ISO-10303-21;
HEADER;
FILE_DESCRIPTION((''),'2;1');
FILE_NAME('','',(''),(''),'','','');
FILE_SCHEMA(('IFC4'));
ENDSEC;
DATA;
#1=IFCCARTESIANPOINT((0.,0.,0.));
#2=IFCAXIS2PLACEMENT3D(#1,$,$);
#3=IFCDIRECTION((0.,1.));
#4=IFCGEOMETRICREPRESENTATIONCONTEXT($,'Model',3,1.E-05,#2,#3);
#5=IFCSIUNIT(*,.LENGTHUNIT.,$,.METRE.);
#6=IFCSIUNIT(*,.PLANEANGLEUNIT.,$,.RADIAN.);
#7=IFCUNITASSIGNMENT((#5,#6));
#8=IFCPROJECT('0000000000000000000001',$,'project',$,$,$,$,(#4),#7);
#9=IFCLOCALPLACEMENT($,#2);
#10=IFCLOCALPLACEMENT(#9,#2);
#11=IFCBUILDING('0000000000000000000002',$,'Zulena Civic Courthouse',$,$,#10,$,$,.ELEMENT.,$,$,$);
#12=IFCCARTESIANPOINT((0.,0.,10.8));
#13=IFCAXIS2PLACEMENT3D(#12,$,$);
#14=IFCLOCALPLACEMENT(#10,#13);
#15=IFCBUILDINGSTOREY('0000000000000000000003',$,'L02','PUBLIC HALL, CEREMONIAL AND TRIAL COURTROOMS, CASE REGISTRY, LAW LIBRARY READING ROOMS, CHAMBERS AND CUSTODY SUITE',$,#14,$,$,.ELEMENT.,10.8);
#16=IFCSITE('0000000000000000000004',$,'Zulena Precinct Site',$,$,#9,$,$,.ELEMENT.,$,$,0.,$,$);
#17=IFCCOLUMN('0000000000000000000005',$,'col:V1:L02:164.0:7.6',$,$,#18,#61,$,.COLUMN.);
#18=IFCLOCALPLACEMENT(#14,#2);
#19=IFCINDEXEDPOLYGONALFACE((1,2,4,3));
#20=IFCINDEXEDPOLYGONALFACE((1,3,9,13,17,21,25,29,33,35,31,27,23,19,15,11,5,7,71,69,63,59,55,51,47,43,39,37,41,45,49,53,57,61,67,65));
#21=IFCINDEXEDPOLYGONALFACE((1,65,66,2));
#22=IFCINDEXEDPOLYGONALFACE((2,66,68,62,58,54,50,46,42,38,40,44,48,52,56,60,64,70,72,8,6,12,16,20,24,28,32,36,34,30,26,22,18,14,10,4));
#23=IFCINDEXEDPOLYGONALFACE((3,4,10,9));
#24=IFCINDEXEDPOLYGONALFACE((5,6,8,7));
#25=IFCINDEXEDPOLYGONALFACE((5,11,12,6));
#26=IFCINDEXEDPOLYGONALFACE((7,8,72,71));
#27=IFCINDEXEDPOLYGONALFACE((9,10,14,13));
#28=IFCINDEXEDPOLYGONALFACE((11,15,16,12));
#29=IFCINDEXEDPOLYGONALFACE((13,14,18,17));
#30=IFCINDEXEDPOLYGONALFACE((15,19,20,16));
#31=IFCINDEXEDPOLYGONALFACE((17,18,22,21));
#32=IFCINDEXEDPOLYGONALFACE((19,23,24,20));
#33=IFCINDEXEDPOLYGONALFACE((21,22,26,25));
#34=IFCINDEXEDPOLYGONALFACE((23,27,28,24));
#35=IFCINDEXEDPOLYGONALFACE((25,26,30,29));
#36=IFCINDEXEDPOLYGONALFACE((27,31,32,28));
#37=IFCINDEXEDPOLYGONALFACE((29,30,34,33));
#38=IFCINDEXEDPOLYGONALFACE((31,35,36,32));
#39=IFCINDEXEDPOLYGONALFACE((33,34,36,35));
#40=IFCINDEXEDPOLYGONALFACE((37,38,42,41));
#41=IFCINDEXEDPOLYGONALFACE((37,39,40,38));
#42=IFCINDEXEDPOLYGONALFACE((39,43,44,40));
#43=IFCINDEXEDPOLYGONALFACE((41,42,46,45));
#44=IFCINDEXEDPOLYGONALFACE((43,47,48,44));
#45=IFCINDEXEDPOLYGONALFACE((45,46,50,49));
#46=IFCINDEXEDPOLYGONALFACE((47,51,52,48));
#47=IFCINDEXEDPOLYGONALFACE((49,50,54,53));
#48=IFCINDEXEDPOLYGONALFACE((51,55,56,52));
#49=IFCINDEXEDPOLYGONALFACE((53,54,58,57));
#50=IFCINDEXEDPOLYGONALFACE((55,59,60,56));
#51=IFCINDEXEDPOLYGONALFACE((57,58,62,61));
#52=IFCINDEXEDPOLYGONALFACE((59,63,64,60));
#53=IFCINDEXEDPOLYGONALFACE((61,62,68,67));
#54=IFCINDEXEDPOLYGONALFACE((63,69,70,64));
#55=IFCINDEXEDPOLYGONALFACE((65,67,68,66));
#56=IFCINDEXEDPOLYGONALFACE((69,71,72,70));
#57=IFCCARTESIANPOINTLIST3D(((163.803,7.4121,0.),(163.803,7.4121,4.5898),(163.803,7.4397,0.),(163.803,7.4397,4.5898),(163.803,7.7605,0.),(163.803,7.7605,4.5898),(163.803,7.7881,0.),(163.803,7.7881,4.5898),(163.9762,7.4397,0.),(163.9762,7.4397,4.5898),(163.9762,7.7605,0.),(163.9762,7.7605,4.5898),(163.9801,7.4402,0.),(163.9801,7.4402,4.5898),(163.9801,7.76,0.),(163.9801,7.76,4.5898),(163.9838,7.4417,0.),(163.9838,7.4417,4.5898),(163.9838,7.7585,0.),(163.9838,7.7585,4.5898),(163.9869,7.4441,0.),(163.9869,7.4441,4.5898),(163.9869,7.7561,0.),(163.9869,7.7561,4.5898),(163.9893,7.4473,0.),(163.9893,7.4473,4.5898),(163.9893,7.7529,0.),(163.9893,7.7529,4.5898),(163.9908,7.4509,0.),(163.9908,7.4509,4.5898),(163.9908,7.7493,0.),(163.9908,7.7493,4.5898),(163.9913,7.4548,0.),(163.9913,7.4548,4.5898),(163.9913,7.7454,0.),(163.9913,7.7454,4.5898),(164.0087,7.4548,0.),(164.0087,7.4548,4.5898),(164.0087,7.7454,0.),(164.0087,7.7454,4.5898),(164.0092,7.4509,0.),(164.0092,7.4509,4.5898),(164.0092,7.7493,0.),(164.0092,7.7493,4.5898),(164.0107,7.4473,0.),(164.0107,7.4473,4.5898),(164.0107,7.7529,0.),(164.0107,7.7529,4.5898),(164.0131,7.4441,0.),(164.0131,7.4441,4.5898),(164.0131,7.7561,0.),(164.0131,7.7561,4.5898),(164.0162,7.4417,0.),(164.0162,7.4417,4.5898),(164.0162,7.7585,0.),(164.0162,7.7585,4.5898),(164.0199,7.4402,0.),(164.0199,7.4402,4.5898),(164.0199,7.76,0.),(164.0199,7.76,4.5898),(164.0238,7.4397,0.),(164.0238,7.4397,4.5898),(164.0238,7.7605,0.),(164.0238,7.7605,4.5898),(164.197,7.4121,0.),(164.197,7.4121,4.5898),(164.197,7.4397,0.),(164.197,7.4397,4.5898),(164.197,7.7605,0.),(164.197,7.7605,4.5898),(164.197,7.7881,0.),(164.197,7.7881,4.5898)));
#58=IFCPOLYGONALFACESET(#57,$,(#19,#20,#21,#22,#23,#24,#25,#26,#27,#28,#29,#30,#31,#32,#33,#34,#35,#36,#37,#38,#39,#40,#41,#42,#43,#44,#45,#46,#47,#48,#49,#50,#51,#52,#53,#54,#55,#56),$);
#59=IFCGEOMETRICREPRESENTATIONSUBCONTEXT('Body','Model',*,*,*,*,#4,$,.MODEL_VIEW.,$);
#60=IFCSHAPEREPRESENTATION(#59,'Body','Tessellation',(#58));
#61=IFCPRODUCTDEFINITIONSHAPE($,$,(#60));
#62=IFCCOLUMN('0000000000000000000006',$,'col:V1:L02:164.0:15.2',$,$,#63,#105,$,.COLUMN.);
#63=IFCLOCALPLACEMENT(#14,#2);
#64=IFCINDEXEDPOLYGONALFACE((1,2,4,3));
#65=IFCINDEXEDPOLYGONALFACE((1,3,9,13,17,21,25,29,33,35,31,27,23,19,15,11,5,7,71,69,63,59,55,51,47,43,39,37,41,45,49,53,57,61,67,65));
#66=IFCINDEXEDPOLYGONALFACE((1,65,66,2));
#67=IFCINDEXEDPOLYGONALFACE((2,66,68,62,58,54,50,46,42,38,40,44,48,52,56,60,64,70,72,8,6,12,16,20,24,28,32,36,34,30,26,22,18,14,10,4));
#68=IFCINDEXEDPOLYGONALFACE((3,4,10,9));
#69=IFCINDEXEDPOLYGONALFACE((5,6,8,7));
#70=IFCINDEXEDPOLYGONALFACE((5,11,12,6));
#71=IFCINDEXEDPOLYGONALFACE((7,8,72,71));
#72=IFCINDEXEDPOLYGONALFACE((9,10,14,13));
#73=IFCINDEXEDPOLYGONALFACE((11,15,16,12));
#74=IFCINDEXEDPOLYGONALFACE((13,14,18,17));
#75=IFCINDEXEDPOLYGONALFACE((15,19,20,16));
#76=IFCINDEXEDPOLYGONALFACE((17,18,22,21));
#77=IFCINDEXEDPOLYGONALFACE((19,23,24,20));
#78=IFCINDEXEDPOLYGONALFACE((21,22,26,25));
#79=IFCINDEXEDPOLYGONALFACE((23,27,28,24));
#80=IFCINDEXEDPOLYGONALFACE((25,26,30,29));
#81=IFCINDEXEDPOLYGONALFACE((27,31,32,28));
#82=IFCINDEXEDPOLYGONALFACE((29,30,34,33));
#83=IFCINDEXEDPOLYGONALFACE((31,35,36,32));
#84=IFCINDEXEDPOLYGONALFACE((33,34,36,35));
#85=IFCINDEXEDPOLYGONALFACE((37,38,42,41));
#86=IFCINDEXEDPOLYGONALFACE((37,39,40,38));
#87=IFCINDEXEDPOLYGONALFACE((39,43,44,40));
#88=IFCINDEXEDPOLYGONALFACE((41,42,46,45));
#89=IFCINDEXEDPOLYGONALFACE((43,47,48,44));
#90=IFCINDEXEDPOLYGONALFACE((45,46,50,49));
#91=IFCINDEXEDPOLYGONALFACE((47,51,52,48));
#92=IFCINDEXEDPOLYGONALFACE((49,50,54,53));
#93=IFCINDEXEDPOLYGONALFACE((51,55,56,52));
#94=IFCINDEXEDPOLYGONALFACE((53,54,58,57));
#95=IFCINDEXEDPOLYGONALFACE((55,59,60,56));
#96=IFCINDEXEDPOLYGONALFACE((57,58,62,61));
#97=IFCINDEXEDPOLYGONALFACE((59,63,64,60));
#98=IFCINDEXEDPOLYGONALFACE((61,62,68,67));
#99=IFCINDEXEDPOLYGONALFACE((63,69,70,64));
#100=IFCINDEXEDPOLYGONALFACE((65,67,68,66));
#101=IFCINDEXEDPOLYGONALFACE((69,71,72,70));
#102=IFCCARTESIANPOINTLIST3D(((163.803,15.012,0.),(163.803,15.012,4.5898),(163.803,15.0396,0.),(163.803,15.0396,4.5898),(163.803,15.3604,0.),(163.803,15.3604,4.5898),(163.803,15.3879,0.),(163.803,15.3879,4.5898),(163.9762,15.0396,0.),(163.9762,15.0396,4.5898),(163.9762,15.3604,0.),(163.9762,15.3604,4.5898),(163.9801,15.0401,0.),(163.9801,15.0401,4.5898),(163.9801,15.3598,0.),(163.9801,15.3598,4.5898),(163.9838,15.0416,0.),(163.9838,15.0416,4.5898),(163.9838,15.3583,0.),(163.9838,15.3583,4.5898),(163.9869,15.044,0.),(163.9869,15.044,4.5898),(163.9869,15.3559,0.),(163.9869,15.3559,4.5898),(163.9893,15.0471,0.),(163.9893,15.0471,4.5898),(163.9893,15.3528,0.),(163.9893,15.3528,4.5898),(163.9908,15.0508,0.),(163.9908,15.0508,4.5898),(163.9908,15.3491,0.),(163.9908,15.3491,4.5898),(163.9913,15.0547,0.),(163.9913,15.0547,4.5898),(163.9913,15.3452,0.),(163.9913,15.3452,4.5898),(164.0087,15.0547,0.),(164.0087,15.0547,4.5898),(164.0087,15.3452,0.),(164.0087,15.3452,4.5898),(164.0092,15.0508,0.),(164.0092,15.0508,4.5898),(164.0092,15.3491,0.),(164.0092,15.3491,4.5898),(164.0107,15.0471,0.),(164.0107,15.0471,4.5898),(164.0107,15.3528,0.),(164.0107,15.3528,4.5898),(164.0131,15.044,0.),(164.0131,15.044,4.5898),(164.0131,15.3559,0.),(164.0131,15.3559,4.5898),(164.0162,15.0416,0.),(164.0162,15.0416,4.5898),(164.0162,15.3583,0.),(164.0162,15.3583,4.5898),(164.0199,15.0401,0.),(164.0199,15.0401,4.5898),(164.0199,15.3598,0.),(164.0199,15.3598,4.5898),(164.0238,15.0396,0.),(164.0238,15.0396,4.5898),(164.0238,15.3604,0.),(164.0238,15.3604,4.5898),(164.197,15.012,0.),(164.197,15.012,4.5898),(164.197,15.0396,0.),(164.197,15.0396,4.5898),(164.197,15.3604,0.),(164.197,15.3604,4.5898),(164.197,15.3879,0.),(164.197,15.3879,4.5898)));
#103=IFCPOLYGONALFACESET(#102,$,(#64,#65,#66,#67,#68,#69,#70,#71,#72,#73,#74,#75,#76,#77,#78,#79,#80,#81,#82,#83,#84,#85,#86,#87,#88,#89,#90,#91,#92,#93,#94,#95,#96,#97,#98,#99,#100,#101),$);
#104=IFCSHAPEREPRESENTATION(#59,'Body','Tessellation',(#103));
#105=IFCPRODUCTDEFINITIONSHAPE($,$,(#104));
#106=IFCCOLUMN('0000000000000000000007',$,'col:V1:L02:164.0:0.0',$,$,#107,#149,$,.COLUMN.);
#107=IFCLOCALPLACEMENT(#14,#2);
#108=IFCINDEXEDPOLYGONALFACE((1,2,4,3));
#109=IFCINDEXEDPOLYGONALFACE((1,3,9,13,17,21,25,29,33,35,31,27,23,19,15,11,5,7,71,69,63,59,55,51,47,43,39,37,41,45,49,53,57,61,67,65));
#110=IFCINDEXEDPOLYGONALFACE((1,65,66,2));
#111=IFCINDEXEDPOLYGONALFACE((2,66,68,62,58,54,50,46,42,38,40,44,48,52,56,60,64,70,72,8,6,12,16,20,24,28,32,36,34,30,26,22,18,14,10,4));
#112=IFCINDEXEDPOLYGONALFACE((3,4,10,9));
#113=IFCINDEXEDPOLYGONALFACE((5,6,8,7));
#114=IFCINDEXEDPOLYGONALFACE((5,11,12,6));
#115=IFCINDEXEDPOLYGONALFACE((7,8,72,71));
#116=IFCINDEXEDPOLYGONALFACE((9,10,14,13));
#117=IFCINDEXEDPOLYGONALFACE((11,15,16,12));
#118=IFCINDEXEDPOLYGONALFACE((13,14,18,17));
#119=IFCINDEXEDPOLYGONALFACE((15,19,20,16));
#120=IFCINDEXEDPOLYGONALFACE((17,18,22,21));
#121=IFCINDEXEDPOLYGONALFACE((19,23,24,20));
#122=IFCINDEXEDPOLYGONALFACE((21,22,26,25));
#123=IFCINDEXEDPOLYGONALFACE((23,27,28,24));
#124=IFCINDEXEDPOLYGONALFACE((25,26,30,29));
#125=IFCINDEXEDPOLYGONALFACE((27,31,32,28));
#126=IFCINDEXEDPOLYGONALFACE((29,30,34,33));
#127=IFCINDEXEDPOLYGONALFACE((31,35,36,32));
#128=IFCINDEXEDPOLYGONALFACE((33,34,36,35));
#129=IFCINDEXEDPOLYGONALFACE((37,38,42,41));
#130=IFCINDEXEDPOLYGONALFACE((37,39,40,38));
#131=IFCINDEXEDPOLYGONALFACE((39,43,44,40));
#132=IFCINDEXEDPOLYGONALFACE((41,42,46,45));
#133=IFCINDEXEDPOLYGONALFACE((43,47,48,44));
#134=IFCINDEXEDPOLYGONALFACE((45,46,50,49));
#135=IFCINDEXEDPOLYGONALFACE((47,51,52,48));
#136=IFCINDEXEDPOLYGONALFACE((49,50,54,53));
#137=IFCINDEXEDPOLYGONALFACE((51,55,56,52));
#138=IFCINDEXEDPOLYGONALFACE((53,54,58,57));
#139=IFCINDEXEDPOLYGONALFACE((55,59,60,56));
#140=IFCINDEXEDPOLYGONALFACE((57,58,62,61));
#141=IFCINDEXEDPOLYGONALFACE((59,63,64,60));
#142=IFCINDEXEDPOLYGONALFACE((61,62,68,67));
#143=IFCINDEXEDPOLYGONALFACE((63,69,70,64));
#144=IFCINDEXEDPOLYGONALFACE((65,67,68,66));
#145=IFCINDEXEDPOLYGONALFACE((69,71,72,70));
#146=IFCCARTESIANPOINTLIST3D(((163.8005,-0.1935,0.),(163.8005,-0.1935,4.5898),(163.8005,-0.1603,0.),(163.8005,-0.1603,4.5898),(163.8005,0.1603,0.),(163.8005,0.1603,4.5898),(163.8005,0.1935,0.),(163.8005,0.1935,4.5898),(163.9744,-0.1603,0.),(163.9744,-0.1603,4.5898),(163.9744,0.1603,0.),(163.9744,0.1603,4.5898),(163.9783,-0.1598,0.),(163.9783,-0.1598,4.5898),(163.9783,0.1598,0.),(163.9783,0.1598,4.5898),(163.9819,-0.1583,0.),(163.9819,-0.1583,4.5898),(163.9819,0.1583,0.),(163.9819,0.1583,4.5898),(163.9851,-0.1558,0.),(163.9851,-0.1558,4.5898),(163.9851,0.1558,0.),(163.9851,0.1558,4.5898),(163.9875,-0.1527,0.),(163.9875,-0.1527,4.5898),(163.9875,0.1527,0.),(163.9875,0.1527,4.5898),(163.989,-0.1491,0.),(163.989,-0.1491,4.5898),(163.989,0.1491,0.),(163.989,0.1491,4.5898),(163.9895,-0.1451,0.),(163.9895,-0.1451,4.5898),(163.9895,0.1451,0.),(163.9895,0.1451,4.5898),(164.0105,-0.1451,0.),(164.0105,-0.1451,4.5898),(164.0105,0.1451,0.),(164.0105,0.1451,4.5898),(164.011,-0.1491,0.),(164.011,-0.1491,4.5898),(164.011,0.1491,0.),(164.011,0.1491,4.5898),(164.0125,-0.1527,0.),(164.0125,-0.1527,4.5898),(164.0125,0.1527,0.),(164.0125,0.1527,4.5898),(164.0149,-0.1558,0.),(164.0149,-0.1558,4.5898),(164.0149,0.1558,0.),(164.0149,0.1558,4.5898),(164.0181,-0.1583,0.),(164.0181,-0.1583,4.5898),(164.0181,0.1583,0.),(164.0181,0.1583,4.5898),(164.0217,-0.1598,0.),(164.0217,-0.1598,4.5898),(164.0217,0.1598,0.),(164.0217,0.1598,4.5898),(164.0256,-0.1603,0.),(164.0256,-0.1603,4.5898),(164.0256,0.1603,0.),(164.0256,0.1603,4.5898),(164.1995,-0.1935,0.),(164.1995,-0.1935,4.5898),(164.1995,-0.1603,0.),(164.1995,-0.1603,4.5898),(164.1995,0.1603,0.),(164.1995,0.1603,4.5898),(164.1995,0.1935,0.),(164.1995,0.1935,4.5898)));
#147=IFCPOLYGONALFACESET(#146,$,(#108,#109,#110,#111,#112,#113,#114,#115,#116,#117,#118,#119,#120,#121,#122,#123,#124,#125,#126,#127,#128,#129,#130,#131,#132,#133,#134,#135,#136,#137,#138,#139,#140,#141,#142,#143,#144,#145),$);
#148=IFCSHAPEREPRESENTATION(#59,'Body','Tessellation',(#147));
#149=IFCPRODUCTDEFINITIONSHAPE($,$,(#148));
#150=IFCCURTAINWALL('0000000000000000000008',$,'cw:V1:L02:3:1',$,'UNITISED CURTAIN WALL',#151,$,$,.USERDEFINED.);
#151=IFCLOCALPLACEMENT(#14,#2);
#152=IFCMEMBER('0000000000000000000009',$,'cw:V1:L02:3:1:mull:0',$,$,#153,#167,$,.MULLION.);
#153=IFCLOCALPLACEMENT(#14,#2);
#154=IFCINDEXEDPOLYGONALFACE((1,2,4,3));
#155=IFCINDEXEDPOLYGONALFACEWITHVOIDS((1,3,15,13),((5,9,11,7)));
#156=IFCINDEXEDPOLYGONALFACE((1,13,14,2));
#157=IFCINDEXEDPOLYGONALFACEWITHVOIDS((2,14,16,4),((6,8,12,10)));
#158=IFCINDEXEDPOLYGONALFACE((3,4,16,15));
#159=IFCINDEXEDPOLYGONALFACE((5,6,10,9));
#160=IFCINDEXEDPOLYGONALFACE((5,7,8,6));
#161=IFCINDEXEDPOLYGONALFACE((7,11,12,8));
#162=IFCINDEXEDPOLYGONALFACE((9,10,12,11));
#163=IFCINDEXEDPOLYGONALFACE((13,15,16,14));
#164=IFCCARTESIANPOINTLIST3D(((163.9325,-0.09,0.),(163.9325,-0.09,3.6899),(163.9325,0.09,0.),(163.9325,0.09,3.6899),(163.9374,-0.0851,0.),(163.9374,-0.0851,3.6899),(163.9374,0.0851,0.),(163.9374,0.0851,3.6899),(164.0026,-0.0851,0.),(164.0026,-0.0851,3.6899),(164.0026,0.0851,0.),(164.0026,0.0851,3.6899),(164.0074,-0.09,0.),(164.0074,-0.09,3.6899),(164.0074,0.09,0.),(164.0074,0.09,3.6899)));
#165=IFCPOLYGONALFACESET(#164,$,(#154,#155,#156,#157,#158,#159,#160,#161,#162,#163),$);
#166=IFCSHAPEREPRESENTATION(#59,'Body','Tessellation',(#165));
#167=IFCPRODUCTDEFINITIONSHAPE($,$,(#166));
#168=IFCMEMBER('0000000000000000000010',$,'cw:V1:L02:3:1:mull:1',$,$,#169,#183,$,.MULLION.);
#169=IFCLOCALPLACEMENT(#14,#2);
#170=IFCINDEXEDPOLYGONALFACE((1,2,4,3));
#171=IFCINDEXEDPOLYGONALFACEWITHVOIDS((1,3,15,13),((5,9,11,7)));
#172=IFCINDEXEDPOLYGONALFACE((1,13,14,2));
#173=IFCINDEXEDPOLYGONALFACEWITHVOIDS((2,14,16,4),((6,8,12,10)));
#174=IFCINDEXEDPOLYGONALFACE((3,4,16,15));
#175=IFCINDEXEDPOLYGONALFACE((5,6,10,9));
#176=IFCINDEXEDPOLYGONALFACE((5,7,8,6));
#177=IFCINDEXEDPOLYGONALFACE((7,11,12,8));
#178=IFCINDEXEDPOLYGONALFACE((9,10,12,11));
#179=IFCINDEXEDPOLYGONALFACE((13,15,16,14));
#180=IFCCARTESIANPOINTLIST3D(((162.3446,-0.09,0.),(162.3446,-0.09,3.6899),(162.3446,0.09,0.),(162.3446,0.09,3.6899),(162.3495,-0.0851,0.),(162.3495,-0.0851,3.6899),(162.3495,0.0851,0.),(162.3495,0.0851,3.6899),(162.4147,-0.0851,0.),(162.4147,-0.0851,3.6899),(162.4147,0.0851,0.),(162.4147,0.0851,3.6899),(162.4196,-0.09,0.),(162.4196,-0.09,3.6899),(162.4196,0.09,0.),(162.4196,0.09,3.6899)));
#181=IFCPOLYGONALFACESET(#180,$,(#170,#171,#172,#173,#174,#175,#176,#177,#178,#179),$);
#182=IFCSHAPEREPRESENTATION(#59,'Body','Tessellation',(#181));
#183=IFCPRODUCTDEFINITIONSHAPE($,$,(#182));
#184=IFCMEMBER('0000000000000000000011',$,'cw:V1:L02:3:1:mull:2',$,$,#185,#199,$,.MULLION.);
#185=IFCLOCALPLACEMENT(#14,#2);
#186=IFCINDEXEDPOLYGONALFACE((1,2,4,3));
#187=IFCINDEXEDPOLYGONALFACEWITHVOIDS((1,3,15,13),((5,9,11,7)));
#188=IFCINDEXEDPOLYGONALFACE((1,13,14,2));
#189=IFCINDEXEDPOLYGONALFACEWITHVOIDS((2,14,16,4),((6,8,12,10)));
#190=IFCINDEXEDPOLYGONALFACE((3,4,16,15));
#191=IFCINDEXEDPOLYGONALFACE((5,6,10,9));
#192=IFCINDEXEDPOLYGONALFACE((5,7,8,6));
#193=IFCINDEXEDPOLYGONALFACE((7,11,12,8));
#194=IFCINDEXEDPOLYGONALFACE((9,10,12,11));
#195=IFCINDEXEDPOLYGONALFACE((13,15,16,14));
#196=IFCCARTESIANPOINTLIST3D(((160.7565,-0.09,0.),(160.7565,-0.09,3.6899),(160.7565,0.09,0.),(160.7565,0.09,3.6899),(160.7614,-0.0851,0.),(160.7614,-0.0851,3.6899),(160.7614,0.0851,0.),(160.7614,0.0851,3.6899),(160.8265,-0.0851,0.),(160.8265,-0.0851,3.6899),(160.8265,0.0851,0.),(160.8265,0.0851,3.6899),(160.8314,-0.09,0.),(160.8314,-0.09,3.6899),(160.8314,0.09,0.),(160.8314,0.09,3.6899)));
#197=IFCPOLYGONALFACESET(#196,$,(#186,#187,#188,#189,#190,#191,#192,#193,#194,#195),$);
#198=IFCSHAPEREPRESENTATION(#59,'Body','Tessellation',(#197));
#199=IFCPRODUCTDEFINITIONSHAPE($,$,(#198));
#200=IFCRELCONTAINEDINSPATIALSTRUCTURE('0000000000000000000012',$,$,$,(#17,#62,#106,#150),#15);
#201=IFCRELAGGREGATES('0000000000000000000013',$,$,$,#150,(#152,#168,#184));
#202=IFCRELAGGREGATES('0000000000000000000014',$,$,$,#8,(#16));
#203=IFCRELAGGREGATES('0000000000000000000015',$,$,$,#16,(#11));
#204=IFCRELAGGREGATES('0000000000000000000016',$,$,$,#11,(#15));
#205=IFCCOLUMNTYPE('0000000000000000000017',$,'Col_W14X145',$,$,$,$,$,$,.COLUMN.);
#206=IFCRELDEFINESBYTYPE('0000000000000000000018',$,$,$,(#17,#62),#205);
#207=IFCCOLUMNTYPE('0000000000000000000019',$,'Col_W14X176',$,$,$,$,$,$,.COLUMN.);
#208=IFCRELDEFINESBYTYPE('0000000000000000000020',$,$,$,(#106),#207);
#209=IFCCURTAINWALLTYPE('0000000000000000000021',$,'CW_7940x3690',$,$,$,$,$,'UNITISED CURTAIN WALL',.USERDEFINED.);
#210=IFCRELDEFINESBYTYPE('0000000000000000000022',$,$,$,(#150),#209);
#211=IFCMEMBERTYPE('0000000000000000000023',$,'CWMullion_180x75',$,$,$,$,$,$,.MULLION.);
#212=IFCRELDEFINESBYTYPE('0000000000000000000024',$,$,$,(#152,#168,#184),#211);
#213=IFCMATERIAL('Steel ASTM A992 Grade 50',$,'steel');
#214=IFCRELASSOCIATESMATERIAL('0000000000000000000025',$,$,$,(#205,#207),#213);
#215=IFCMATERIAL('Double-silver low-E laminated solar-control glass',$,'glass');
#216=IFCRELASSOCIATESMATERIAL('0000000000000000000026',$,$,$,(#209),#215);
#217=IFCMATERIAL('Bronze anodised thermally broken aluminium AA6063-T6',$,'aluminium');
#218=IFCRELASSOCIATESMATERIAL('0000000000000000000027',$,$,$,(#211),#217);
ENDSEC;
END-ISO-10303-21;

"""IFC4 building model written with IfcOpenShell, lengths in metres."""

from ifc_helpers import new_model, si_unit, direction, frame, origin, origin_2d, place, context, subcontext, project, spatial, hollow_rectangle, i_section, extrude, material, material_profile, profile_set, type_object, element, aggregate, save


model = new_model("IFC4")

# Units and contexts
model_context = context("Model", 3, precision=1e-05, world=origin(), true_north=direction((0.0, 1.0)))
body_context = subcontext(model_context, "Body", "Model", "MODEL_VIEW")
ifc_project = project(units=[si_unit("LENGTHUNIT", "METRE"), si_unit("PLANEANGLEUNIT", "RADIAN")], contexts=[model_context])

# Site, building, storey
site_placement = place(None, origin())
site = spatial("IfcSite", under=ifc_project, at=site_placement, Name="Zulena Precinct Site", CompositionType="ELEMENT", RefElevation=0.0)
building_placement = place(site_placement, origin())
building = spatial("IfcBuilding", under=site, at=building_placement, Name="Zulena Civic Courthouse", CompositionType="ELEMENT")
storey_placement = place(building_placement, frame((0.0, 0.0, 10.8)))
storey = spatial("IfcBuildingStorey", under=building, at=storey_placement, Name="L02", Description="PUBLIC HALL, CEREMONIAL AND TRIAL COURTROOMS, CASE REGISTRY, LAW LIBRARY READING ROOMS, CHAMBERS AND CUSTODY SUITE", CompositionType="ELEMENT", Elevation=10.8)

# Columns
ifc_material_1 = material(Name="Steel ASTM A992 Grade 50", Category="steel")
ifc_material_profile_1 = material_profile(ifc_material_1, i_section(OverallWidth=0.394, OverallDepth=0.376, WebThickness=0.0173, FlangeThickness=0.0276, FilletRadius=0.0151, at=origin_2d()), Name="W14X145")
ifc_profile_set_1 = profile_set([ifc_material_profile_1], Name="Steel ASTM A992 Grade 50")
column_type_1 = type_object("IfcColumnType", Name="Col_W14X145", PredefinedType="COLUMN", material=ifc_profile_set_1)
for number, where, z_axis, x_axis, name in (
    (1, (164.0, 7.6001, 0.0), (0.0, 0.0, 1.0), (1.0, 0.0, 0.0), "col:V1:L02:164.0:7.6"),
    (2, (164.0, 15.2, 0.0), (0.0, 0.0, 1.0), (1.0, 0.0, 0.0), "col:V1:L02:164.0:15.2"),
):
    element("IfcColumn", number, at=place(storey_placement, frame(where, z_axis=z_axis, x_axis=x_axis)), inside=storey, type_object=column_type_1, Name=name, PredefinedType="COLUMN", context=body_context, shape_type="SweptSolid", body=[
        extrude(i_section(OverallWidth=0.394, OverallDepth=0.376, WebThickness=0.0173, FlangeThickness=0.0276, FilletRadius=0.0151, at=origin_2d()), origin(), (0.0, 0.0, 1.0), 4.5898),
    ])
ifc_material_profile_2 = material_profile(ifc_material_1, i_section(OverallWidth=0.3989, OverallDepth=0.387, WebThickness=0.021, FlangeThickness=0.0332, FilletRadius=0.0151, at=origin_2d()), Name="W14X176")
ifc_profile_set_2 = profile_set([ifc_material_profile_2], Name="Steel ASTM A992 Grade 50")
column_type_2 = type_object("IfcColumnType", Name="Col_W14X176", PredefinedType="COLUMN", material=ifc_profile_set_2)
column_placement = place(storey_placement, frame((164.0, 0.0, 0.0), z_axis=(0.0, 0.0, 1.0), x_axis=(1.0, 0.0, 0.0)))
element("IfcColumn", 3, at=column_placement, inside=storey, type_object=column_type_2, Name="col:V1:L02:164.0:0.0", PredefinedType="COLUMN", context=body_context, shape_type="SweptSolid", body=[
    extrude(i_section(OverallWidth=0.3989, OverallDepth=0.387, WebThickness=0.021, FlangeThickness=0.0332, FilletRadius=0.0151, at=origin_2d()), origin(), (0.0, 0.0, 1.0), 4.5898),
])

# Curtain wall, members
ifc_material_2 = material(Name="Double-silver low-E laminated solar-control glass", Category="glass")
curtain_wall_type = type_object("IfcCurtainWallType", Name="CW_7940x3690", ElementType="UNITISED CURTAIN WALL", PredefinedType="USERDEFINED", material=ifc_material_2)
curtain_wall_placement = place(storey_placement, origin())
curtain_wall = element("IfcCurtainWall", 4, at=curtain_wall_placement, inside=storey, type_object=curtain_wall_type, Name="cw:V1:L02:3:1", ObjectType="UNITISED CURTAIN WALL", PredefinedType="USERDEFINED")
ifc_material_3 = material(Name="Bronze anodised thermally broken aluminium AA6063-T6", Category="aluminium")
ifc_material_profile_3 = material_profile(ifc_material_3, hollow_rectangle(XDim=0.075, YDim=0.1799, WallThickness=0.0049, at=origin_2d()), Name="CWM180X75X5")
ifc_profile_set_3 = profile_set([ifc_material_profile_3], Name="Bronze anodised thermally broken aluminium AA6063-T6")
member_type_1 = type_object("IfcMemberType", Name="CWMullion_180x75", PredefinedType="MULLION", material=ifc_profile_set_3)
member_1_placement = place(storey_placement, frame((163.97, 0.0, 0.0), z_axis=(0.0, 0.0, 1.0), x_axis=(1.0, 0.0, 0.0)))
member_1 = element("IfcMember", 5, at=member_1_placement, type_object=member_type_1, Name="cw:V1:L02:3:1:mull:0", PredefinedType="MULLION", context=body_context, shape_type="SweptSolid", body=[
    extrude(hollow_rectangle(XDim=0.075, YDim=0.1799, WallThickness=0.0049, at=origin_2d()), origin(), (0.0, 0.0, 1.0), 3.6899),
])
member_2_placement = place(storey_placement, frame((162.3821, 0.0, 0.0), z_axis=(0.0, 0.0, 1.0), x_axis=(1.0, 0.0, 0.0)))
member_2 = element("IfcMember", 6, at=member_2_placement, type_object=member_type_1, Name="cw:V1:L02:3:1:mull:1", PredefinedType="MULLION", context=body_context, shape_type="SweptSolid", body=[
    extrude(hollow_rectangle(XDim=0.075, YDim=0.1799, WallThickness=0.0049, at=origin_2d()), origin(), (0.0, 0.0, 1.0), 3.6899),
])
member_3_placement = place(storey_placement, frame((160.7939, 0.0, 0.0), z_axis=(0.0, 0.0, 1.0), x_axis=(1.0, 0.0, 0.0)))
member_3 = element("IfcMember", 7, at=member_3_placement, type_object=member_type_1, Name="cw:V1:L02:3:1:mull:2", PredefinedType="MULLION", context=body_context, shape_type="SweptSolid", body=[
    extrude(hollow_rectangle(XDim=0.075, YDim=0.1799, WallThickness=0.0049, at=origin_2d()), origin(), (0.0, 0.0, 1.0), 3.6899),
])

aggregate(curtain_wall, [member_1, member_2, member_3])

save(model, "model.ifc")
